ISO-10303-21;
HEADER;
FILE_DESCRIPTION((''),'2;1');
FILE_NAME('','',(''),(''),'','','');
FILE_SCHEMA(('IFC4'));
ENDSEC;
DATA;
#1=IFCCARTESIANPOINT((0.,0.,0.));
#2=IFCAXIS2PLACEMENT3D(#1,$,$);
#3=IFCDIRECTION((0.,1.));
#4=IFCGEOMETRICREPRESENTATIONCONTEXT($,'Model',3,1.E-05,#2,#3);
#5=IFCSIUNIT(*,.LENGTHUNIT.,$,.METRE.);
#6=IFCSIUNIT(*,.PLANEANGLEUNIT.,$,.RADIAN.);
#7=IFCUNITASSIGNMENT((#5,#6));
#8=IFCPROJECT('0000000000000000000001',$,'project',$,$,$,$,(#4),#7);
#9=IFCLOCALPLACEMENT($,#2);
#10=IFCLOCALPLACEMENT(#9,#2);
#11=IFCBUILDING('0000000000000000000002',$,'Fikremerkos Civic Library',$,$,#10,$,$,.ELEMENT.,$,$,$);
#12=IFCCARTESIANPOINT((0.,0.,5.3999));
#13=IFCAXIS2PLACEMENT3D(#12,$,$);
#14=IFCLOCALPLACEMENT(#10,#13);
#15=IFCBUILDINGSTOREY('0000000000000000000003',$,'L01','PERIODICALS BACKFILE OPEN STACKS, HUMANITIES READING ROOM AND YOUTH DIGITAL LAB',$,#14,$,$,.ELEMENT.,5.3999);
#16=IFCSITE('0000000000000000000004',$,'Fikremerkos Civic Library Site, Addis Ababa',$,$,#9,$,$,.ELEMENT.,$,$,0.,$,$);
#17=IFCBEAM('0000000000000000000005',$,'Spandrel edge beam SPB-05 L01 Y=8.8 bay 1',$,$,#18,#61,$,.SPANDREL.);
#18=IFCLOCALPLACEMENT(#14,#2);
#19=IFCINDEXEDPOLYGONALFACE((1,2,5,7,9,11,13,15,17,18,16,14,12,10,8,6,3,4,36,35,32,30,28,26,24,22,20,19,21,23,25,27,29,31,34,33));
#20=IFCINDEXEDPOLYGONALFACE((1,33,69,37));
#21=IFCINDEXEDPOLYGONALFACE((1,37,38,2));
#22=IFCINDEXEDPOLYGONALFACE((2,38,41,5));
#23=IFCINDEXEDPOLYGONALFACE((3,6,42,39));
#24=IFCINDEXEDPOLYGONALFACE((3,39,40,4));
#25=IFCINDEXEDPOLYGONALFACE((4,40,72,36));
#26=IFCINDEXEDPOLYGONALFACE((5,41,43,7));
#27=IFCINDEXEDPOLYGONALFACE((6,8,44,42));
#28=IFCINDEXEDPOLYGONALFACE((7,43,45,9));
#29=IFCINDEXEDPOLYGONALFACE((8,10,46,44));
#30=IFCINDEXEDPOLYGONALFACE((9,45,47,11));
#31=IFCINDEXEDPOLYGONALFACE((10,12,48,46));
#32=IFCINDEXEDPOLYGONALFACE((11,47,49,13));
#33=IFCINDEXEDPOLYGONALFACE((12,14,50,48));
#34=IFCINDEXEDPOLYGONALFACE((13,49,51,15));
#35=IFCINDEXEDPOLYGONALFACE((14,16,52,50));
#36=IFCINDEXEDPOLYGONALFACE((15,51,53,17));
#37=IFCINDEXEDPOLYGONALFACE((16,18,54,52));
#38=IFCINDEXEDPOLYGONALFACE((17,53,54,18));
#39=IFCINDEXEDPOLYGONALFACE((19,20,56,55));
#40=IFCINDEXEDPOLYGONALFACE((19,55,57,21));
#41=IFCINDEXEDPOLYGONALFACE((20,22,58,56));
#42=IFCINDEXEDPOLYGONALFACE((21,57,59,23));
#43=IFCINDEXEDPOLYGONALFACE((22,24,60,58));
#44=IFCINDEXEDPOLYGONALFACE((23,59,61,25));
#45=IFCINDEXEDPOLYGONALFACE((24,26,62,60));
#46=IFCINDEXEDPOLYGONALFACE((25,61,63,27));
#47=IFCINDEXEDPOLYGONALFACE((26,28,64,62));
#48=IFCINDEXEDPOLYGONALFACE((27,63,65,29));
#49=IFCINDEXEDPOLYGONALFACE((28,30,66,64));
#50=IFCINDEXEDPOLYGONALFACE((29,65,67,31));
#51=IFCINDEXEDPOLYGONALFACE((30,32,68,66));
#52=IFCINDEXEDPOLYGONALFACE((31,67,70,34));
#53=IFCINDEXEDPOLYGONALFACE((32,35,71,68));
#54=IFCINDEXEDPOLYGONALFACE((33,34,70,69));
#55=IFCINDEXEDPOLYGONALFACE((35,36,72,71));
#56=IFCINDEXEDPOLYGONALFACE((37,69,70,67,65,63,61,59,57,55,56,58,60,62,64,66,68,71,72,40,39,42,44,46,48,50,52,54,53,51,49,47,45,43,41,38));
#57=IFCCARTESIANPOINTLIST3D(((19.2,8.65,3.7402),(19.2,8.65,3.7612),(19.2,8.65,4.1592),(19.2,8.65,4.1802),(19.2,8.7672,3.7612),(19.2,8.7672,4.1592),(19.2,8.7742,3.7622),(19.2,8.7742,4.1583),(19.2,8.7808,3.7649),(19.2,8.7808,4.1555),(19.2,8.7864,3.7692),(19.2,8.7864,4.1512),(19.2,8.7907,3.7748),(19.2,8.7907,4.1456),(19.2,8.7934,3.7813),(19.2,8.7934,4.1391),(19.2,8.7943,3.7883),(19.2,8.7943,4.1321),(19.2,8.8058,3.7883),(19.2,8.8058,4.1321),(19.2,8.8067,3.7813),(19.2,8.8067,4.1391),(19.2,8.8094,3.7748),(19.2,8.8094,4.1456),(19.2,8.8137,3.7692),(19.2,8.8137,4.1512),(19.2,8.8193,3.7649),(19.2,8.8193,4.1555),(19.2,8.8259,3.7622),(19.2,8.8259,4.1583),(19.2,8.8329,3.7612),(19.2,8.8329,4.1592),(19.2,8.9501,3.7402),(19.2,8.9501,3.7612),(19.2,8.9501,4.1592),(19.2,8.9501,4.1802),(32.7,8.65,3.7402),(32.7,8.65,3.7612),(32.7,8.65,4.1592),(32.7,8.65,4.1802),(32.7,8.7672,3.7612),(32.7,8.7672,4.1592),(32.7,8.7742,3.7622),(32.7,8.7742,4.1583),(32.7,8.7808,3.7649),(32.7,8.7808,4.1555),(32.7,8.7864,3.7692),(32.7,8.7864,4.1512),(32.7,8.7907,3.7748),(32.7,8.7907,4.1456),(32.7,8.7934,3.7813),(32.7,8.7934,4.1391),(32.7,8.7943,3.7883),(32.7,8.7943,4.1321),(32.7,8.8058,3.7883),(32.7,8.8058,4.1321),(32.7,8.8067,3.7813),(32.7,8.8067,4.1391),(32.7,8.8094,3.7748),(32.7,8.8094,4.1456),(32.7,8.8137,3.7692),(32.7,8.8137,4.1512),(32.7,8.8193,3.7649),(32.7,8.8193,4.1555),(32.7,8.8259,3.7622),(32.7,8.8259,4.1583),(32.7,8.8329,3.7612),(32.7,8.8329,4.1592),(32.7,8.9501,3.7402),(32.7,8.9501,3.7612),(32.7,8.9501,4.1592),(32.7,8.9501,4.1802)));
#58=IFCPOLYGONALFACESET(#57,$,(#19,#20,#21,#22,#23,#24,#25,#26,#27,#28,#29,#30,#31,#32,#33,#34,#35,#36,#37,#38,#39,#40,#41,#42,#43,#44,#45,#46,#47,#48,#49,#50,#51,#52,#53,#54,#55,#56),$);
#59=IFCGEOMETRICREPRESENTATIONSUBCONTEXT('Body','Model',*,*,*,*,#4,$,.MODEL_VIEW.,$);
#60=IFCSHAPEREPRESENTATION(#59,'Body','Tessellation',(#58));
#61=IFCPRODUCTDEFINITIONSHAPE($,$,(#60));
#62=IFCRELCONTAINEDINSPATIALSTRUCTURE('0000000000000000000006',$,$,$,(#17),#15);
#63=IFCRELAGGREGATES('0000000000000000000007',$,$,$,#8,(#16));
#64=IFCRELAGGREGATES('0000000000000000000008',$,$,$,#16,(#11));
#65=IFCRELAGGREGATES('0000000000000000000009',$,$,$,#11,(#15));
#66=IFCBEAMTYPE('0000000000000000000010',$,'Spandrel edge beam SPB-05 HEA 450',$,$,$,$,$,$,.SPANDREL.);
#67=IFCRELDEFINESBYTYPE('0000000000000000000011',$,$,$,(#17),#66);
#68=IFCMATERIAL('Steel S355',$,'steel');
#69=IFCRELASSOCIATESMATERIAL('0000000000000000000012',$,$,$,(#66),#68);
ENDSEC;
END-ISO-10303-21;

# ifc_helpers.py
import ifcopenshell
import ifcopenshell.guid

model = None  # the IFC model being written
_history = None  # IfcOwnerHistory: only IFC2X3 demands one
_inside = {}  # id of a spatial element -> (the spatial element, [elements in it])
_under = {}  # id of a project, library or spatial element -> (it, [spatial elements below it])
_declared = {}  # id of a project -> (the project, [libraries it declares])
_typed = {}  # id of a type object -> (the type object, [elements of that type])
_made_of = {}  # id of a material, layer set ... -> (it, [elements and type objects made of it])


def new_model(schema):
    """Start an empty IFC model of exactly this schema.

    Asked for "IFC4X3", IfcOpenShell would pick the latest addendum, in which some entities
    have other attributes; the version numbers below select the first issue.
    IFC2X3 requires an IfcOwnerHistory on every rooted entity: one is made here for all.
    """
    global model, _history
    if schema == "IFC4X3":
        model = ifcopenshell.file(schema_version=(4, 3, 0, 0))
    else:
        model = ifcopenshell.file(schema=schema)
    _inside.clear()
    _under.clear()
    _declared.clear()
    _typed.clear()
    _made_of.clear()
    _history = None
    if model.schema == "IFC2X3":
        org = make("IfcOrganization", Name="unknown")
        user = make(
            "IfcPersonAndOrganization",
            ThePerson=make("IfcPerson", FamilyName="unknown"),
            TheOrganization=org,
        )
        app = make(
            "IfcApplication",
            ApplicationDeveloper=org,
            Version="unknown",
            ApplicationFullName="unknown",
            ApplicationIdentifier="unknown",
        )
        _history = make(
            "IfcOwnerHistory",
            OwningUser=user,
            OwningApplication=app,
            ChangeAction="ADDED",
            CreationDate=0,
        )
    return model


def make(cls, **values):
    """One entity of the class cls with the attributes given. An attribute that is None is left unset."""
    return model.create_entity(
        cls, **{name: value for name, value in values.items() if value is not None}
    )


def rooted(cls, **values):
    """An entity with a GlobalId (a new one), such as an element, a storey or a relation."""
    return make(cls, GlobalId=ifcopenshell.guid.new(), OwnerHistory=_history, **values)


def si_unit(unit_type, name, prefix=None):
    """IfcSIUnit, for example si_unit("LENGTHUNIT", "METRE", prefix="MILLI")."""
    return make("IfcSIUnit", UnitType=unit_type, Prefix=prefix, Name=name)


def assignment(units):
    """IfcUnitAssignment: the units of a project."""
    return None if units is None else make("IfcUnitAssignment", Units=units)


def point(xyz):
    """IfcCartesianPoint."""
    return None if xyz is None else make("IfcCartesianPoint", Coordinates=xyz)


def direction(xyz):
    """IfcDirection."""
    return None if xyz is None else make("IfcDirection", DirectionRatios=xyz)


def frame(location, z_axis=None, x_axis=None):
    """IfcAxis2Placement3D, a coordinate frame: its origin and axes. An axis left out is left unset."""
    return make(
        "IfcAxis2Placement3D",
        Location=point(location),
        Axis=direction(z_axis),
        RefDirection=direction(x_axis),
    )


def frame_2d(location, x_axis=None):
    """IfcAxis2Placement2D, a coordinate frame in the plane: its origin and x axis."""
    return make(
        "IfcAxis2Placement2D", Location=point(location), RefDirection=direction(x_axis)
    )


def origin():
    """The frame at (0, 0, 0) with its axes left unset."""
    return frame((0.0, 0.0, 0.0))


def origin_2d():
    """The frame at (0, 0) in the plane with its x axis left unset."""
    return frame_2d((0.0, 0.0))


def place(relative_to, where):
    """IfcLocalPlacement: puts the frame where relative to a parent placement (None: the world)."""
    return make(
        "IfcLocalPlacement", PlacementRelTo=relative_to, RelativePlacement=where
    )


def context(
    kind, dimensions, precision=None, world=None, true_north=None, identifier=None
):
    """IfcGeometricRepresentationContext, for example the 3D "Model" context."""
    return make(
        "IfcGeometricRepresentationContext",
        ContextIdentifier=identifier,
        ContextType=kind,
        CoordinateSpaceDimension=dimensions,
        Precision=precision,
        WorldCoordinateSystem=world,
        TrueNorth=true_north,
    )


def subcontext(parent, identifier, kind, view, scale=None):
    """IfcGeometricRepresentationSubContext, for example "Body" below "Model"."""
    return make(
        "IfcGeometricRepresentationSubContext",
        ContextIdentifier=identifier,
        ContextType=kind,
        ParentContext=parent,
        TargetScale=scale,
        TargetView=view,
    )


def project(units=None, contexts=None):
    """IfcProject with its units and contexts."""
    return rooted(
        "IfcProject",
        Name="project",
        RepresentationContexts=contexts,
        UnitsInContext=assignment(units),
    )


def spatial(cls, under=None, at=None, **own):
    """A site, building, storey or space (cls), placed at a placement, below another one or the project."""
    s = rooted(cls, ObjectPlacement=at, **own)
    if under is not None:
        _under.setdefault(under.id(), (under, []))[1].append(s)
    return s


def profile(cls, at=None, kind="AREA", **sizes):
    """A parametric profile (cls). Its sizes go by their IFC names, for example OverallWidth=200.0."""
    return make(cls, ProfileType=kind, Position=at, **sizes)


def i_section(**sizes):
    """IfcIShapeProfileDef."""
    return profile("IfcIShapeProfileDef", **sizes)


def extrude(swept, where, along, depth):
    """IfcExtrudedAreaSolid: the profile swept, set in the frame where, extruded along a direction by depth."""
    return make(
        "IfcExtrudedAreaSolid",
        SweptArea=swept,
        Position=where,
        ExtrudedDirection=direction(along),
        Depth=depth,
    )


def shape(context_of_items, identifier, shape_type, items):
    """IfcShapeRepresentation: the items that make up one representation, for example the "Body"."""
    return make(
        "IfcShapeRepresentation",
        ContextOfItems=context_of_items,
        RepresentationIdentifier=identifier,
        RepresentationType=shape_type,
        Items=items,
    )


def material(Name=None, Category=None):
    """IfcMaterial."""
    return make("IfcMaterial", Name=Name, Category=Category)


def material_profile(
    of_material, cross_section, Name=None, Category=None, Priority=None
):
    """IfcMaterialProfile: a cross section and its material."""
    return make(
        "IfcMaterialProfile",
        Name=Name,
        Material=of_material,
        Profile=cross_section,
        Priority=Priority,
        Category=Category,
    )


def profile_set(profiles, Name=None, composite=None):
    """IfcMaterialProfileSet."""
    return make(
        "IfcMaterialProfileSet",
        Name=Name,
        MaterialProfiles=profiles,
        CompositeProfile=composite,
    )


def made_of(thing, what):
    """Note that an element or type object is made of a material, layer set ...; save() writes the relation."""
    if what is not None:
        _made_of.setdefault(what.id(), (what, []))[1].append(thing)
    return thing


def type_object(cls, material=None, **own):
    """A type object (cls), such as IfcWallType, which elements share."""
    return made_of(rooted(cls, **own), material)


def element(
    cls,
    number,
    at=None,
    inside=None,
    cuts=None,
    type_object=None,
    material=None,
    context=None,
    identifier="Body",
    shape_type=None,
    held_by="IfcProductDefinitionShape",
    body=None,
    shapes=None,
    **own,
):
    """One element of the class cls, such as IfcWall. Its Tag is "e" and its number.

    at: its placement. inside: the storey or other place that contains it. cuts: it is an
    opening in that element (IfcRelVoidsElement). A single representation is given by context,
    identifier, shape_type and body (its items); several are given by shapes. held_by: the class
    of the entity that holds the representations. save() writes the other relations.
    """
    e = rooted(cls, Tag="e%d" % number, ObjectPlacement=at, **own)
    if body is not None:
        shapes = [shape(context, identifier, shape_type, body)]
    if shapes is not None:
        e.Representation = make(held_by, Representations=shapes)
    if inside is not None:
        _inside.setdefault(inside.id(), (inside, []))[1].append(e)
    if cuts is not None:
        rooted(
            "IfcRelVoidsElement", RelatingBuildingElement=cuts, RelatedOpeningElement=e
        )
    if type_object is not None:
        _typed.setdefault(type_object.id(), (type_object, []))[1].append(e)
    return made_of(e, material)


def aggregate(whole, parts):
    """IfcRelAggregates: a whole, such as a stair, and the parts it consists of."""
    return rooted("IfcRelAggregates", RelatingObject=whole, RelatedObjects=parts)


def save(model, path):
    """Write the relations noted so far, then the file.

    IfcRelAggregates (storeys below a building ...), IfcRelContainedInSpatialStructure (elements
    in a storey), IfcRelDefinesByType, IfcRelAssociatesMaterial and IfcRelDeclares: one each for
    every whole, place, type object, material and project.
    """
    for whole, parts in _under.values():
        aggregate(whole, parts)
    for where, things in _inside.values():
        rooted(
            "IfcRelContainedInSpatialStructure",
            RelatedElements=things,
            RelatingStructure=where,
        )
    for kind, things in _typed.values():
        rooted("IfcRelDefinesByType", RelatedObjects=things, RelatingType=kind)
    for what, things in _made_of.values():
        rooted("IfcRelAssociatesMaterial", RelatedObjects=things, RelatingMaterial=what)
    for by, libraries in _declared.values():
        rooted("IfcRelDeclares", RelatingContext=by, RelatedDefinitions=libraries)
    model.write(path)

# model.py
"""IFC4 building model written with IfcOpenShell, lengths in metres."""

from ifc_helpers import new_model, si_unit, direction, frame, origin, origin_2d, place, context, subcontext, project, spatial, i_section, extrude, material, material_profile, profile_set, type_object, element, save


model = new_model("IFC4")

# Units and contexts
model_context = context("Model", 3, precision=1e-05, world=origin(), true_north=direction((0.0, 1.0)))
body_context = subcontext(model_context, "Body", "Model", "MODEL_VIEW")
ifc_project = project(units=[si_unit("LENGTHUNIT", "METRE"), si_unit("PLANEANGLEUNIT", "RADIAN")], contexts=[model_context])

# Site, building, storey
site_placement = place(None, origin())
site = spatial("IfcSite", under=ifc_project, at=site_placement, Name="Fikremerkos Civic Library Site, Addis Ababa", CompositionType="ELEMENT", RefElevation=0.0)
building_placement = place(site_placement, origin())
building = spatial("IfcBuilding", under=site, at=building_placement, Name="Fikremerkos Civic Library", CompositionType="ELEMENT")
storey_placement = place(building_placement, frame((0.0, 0.0, 5.3999)))
storey = spatial("IfcBuildingStorey", under=building, at=storey_placement, Name="L01", Description="PERIODICALS BACKFILE OPEN STACKS, HUMANITIES READING ROOM AND YOUTH DIGITAL LAB", CompositionType="ELEMENT", Elevation=5.3999)

# Beam
ifc_material_1 = material(Name="Steel S355", Category="steel")
ifc_material_profile_1 = material_profile(ifc_material_1, i_section(OverallWidth=0.3, OverallDepth=0.4399, WebThickness=0.0115, FlangeThickness=0.021, FilletRadius=0.0271, at=origin_2d()), Name="HEA 450")
ifc_profile_set_1 = profile_set([ifc_material_profile_1], Name="Steel S355")
beam_type_1 = type_object("IfcBeamType", Name="Spandrel edge beam SPB-05 HEA 450", PredefinedType="SPANDREL", material=ifc_profile_set_1)
beam_1_placement = place(storey_placement, frame((19.2, 8.8, 3.9602), z_axis=(1.0, 0.0, 0.0), x_axis=(0.0, 1.0, 0.0)))
element("IfcBeam", 1, at=beam_1_placement, inside=storey, type_object=beam_type_1, Name="Spandrel edge beam SPB-05 L01 Y=8.8 bay 1", PredefinedType="SPANDREL", context=body_context, shape_type="SweptSolid", body=[
    extrude(i_section(OverallWidth=0.3, OverallDepth=0.4399, WebThickness=0.0115, FlangeThickness=0.021, FilletRadius=0.0271, at=origin_2d()), origin(), (0.0, 0.0, 1.0), 13.5),
])

save(model, "model.ifc")
